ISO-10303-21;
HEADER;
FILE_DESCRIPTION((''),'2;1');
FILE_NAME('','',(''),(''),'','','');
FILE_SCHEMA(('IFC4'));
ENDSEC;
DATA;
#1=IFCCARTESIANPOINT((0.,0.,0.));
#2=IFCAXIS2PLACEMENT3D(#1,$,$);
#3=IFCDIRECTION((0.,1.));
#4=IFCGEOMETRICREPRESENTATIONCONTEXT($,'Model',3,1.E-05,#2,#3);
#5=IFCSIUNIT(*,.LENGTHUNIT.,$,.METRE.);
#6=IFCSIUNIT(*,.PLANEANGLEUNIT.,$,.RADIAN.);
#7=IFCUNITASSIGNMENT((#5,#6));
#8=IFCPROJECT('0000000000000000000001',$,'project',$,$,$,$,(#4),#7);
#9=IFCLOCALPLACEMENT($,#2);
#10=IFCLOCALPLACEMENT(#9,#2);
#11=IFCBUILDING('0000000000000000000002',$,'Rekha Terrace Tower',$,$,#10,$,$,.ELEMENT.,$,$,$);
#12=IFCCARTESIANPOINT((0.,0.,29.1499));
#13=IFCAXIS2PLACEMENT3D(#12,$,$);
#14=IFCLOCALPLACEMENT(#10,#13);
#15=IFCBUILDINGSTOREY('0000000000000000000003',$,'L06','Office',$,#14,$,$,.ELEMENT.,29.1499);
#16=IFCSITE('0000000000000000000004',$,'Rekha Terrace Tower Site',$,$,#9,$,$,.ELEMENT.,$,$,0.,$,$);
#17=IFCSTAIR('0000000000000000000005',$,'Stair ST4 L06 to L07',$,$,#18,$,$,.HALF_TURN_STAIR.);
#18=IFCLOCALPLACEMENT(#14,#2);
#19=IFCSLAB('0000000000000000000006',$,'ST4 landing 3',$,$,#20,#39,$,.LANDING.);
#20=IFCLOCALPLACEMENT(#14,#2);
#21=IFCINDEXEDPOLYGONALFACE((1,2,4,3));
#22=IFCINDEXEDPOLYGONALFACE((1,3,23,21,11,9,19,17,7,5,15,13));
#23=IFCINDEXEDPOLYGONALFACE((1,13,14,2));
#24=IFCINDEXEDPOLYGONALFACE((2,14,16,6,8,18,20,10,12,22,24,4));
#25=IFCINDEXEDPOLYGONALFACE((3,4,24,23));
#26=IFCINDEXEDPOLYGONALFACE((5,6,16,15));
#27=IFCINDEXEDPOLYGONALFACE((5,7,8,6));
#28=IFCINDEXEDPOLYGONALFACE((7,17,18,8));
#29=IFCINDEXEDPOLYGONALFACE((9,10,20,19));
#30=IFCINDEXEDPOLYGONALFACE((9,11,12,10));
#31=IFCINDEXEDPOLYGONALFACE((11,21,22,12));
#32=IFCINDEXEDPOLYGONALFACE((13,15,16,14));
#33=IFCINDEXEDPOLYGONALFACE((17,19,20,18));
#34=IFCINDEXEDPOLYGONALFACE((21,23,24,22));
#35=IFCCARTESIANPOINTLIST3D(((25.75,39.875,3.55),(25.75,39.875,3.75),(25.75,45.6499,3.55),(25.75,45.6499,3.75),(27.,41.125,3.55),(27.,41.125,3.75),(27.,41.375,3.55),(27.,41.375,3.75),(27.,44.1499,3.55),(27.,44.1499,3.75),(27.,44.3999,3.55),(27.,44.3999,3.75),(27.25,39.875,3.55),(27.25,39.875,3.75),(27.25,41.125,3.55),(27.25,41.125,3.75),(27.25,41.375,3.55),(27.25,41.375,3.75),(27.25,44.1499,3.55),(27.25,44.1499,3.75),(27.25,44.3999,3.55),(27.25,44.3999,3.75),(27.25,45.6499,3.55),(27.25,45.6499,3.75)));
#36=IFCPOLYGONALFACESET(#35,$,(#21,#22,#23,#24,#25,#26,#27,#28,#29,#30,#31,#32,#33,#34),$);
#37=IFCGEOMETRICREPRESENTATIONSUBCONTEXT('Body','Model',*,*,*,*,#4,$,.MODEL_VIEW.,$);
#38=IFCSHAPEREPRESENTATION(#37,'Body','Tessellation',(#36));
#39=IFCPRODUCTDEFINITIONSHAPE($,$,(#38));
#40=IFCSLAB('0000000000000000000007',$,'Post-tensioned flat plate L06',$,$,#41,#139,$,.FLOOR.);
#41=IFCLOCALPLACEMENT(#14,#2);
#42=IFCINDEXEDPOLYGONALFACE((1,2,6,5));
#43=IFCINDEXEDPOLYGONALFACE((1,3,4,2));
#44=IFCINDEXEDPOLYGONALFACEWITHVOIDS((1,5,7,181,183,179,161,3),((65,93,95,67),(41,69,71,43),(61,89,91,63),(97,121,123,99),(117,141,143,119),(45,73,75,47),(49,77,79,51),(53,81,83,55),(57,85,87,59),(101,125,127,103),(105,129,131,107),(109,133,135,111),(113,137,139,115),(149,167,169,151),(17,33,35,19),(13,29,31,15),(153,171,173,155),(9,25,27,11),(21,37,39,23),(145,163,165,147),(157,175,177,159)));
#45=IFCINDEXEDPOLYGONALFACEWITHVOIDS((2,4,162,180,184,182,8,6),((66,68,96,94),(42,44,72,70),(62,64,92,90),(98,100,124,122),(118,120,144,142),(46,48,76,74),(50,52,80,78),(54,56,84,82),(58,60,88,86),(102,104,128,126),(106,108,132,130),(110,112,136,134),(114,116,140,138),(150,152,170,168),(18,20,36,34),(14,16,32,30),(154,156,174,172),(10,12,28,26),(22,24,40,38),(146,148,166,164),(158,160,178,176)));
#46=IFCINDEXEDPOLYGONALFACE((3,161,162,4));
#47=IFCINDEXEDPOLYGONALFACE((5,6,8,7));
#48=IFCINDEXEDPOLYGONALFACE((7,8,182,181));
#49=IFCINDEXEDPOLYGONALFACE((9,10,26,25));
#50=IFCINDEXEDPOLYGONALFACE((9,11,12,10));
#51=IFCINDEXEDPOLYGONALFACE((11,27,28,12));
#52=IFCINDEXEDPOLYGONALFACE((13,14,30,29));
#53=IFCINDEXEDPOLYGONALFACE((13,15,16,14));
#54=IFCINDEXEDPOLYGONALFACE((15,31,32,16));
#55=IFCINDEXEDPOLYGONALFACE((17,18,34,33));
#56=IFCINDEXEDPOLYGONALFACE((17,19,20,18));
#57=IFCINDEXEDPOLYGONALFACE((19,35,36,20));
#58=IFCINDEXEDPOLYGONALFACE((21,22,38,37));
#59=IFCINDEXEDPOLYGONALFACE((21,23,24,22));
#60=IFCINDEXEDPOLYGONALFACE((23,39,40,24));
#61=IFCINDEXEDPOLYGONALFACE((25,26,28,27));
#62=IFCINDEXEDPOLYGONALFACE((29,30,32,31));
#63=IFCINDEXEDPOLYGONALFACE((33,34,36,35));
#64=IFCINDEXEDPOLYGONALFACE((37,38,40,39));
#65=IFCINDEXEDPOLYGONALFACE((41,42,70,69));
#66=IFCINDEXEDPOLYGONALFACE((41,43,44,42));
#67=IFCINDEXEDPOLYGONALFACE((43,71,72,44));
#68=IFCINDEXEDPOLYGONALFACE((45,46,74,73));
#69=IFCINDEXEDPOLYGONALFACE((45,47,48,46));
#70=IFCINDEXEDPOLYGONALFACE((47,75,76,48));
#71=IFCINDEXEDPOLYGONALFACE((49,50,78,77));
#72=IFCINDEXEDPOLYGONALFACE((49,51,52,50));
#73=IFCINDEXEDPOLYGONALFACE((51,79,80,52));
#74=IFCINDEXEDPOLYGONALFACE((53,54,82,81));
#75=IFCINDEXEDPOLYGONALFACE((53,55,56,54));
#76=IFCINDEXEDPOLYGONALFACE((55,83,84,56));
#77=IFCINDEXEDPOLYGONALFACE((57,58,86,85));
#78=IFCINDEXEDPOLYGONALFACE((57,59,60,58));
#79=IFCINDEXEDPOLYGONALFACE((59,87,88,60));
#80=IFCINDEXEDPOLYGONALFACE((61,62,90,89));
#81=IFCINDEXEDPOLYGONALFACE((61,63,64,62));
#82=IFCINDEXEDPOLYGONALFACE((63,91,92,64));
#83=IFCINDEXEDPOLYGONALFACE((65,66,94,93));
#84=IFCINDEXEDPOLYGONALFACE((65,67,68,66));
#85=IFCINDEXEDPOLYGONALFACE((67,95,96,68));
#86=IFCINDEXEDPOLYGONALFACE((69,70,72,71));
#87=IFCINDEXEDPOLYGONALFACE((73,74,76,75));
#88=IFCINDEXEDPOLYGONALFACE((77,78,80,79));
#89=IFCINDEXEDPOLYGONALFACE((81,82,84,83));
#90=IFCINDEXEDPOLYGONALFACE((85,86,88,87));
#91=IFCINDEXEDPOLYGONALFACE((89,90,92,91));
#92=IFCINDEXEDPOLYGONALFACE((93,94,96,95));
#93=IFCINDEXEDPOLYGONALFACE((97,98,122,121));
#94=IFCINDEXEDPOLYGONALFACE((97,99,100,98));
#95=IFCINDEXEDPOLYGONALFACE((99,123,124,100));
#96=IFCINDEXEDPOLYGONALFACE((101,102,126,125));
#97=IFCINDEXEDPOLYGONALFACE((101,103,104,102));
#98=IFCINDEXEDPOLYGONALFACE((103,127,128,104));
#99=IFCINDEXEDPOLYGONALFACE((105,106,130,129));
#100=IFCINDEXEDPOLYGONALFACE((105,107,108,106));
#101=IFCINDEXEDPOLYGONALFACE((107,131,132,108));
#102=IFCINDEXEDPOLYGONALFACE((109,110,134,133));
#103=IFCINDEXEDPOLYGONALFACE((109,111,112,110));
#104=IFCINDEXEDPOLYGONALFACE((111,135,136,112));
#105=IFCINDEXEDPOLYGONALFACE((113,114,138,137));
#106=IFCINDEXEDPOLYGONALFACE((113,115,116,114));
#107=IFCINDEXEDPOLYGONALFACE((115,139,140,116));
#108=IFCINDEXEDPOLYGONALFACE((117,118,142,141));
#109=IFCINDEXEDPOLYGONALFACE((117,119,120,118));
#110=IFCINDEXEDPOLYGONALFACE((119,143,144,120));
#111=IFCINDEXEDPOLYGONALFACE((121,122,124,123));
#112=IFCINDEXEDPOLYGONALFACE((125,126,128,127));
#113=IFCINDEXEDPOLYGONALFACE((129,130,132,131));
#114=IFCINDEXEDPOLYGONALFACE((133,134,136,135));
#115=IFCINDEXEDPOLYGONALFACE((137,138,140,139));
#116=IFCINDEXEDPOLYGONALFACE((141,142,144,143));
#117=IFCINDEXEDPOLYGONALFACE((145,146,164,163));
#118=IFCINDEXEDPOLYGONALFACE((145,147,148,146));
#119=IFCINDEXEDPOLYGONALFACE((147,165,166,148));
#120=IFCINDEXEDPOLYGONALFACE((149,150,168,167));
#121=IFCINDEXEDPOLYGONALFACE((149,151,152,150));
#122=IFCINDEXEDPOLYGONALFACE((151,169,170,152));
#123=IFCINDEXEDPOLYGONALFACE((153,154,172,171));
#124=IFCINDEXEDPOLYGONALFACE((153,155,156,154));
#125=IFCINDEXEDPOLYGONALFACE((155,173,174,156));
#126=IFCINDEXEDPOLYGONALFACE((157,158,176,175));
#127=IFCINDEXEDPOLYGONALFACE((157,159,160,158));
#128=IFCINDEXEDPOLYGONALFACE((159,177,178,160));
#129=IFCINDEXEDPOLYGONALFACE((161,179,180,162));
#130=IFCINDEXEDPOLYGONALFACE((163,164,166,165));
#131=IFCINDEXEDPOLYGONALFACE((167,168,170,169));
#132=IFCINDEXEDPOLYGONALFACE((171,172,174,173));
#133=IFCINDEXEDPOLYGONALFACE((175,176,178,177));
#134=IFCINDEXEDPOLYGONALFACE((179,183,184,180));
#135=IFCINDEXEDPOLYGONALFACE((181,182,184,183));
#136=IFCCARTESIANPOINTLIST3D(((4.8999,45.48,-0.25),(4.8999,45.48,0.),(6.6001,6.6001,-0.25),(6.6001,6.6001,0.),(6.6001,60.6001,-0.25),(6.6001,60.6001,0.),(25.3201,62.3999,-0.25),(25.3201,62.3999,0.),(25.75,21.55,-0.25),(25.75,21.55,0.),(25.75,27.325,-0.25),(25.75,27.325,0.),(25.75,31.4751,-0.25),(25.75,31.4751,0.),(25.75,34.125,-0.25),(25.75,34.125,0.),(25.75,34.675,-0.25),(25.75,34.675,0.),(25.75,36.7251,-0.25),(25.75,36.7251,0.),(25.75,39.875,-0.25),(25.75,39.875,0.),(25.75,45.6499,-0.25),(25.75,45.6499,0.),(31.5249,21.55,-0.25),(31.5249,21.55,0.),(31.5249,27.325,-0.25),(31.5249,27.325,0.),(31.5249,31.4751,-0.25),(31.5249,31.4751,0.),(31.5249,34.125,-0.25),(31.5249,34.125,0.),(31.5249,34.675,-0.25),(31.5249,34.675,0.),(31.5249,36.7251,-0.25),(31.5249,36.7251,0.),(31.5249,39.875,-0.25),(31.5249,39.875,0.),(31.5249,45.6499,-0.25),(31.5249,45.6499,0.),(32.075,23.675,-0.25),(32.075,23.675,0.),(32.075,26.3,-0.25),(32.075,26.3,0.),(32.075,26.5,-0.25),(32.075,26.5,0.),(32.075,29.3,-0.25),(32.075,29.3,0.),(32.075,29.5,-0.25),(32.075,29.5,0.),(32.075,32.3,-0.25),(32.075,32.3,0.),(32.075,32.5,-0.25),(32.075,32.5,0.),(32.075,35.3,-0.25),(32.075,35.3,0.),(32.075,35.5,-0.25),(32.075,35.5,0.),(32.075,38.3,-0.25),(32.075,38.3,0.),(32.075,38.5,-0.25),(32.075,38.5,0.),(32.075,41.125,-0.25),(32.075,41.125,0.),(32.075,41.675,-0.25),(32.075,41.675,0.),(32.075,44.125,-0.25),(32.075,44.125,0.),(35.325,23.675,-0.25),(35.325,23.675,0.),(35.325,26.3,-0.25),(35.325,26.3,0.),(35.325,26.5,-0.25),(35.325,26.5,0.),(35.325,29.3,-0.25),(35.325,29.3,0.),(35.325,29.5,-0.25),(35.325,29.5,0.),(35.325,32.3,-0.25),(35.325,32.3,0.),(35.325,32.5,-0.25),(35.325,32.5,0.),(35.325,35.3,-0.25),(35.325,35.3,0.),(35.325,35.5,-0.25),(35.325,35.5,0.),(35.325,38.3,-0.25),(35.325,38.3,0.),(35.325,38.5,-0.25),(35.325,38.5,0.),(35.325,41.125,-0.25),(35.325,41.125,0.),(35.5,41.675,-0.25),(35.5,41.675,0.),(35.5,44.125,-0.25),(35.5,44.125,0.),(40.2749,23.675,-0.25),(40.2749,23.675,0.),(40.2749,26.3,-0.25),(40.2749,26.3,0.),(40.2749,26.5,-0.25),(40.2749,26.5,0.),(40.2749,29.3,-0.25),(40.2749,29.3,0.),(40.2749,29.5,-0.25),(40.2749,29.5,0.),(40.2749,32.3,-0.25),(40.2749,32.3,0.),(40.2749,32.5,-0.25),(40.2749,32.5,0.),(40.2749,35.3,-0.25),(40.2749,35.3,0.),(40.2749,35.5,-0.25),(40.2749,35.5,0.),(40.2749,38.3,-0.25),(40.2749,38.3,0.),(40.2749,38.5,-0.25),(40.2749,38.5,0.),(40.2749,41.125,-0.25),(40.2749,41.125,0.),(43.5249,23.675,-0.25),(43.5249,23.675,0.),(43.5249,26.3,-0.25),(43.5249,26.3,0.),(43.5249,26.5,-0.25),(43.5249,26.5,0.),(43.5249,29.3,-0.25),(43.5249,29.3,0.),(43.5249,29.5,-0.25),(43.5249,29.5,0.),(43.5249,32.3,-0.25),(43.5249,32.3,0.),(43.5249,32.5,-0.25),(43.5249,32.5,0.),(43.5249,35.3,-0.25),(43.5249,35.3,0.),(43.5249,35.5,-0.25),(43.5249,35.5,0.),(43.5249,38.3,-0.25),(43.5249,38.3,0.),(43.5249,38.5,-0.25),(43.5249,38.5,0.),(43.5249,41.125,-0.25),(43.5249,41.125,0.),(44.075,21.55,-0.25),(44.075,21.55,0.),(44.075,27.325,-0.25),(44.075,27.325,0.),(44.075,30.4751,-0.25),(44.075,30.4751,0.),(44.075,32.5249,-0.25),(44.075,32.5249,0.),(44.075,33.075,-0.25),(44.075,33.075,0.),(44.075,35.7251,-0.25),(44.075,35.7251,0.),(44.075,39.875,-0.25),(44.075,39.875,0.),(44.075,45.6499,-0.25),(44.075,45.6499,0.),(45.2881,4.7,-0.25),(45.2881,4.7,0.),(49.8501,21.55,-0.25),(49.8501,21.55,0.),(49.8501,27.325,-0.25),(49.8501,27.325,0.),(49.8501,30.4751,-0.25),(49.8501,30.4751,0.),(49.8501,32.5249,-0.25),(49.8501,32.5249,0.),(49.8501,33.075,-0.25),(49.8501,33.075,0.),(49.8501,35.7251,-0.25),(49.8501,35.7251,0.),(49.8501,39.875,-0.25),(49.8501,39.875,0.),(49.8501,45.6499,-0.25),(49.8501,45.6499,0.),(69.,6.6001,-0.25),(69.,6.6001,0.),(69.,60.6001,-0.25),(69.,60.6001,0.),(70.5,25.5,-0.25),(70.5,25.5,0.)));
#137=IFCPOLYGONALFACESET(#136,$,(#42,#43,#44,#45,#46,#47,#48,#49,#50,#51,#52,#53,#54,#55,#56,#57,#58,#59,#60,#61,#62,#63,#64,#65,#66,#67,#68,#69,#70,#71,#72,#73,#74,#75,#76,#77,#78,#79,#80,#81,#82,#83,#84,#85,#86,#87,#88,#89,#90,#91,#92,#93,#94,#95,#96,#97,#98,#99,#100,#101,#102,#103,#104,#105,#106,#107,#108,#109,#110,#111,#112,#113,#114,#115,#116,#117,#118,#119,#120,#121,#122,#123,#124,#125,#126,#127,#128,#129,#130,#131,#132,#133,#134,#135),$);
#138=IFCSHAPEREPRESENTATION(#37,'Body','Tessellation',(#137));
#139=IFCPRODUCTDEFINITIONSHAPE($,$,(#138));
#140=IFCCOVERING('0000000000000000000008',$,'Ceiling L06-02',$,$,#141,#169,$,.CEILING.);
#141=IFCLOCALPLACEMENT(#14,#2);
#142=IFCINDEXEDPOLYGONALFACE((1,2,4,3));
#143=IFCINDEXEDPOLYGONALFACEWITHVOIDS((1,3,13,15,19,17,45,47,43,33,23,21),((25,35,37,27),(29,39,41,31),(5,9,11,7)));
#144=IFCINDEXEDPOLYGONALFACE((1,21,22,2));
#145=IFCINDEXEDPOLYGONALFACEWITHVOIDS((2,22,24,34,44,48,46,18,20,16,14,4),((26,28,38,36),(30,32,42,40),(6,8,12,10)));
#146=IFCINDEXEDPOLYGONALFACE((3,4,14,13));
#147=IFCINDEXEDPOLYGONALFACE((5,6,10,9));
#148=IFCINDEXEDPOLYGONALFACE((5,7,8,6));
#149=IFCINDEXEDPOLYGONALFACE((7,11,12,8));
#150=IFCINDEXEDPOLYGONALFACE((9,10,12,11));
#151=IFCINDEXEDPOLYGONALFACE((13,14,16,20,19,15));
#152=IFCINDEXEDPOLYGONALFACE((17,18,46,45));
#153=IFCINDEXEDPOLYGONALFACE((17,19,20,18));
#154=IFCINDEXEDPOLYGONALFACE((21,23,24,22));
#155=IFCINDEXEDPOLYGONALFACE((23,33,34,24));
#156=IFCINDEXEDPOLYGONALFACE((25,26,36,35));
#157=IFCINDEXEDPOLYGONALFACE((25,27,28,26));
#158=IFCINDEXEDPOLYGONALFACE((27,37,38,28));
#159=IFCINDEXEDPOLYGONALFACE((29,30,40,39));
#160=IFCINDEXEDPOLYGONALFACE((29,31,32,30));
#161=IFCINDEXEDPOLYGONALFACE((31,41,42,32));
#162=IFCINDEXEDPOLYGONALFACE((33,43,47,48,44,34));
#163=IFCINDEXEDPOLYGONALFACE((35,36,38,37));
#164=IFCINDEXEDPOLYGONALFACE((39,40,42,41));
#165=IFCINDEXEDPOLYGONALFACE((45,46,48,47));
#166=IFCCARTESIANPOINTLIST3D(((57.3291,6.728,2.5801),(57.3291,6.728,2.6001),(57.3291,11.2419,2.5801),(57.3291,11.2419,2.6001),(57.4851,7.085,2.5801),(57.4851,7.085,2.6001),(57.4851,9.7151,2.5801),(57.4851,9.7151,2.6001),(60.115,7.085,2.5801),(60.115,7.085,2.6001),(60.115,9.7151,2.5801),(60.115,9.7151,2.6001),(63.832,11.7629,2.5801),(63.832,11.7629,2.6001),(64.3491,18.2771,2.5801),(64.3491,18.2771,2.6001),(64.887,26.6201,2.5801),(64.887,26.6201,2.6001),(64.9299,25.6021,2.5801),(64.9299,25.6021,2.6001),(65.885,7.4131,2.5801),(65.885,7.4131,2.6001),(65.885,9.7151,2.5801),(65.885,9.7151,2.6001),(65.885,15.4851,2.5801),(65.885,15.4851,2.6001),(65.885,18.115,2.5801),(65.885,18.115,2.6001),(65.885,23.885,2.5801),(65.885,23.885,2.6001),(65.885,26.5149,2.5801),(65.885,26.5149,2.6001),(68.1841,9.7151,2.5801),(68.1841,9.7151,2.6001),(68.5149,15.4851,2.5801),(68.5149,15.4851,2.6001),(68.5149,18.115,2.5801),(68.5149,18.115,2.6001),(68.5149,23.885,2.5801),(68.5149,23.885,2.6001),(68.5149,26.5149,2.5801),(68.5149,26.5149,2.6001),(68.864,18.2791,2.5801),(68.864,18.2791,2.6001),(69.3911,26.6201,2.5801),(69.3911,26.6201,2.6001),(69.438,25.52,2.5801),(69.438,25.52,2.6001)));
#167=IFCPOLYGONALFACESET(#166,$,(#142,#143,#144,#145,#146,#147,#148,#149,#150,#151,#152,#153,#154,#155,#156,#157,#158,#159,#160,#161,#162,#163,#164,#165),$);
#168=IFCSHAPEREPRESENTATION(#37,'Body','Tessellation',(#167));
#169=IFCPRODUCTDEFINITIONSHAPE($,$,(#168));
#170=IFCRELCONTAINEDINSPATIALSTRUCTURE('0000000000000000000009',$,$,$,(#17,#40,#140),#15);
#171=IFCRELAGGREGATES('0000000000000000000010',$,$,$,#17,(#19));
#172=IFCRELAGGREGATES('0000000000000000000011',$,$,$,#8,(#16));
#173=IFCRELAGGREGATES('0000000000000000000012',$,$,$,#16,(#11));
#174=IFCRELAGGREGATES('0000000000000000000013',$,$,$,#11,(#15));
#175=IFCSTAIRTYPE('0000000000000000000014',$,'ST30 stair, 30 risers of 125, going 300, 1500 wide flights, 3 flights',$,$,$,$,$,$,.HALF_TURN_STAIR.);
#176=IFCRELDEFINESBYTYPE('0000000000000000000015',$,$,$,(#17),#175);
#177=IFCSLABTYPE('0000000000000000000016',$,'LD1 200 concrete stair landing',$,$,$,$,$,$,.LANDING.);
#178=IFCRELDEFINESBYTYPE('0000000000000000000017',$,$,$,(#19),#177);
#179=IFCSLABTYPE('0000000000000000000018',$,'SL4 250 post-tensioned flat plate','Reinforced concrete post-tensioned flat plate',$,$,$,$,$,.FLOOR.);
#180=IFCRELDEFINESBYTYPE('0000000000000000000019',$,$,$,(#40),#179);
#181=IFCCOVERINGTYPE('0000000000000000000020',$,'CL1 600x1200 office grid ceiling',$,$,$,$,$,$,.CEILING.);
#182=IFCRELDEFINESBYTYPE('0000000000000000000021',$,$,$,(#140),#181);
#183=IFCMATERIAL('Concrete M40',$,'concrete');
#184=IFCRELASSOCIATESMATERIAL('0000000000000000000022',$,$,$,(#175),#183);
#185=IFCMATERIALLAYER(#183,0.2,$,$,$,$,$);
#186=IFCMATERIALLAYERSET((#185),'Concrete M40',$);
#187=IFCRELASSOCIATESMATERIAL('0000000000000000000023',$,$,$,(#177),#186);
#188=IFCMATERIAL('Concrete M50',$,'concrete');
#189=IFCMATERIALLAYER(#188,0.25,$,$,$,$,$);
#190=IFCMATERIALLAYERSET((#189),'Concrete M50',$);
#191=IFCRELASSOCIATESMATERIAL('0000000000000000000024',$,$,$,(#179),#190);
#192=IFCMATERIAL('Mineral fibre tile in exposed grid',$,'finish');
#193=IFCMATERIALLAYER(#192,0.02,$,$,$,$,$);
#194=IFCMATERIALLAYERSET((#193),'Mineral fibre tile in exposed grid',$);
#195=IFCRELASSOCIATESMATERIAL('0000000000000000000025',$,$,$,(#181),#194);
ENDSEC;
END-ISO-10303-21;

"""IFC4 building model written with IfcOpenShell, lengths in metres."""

from ifc_helpers import new_model, si_unit, direction, frame, origin, place, context, subcontext, project, spatial, polyline, outline, extrude, material, layer, layer_set, type_object, element, aggregate, save


model = new_model("IFC4")

# Units and contexts
model_context = context("Model", 3, precision=1e-05, world=origin(), true_north=direction((0.0, 1.0)))
body_context = subcontext(model_context, "Body", "Model", "MODEL_VIEW")
ifc_project = project(units=[si_unit("LENGTHUNIT", "METRE"), si_unit("PLANEANGLEUNIT", "RADIAN")], contexts=[model_context])

# Site, building, storey
site_placement = place(None, origin())
site = spatial("IfcSite", under=ifc_project, at=site_placement, Name="Rekha Terrace Tower Site", CompositionType="ELEMENT", RefElevation=0.0)
building_placement = place(site_placement, origin())
building = spatial("IfcBuilding", under=site, at=building_placement, Name="Rekha Terrace Tower", CompositionType="ELEMENT")
storey_placement = place(building_placement, frame((0.0, 0.0, 29.1499)))
storey = spatial("IfcBuildingStorey", under=building, at=storey_placement, Name="L06", Description="Office", CompositionType="ELEMENT", Elevation=29.1499)

# Stair, slab
ifc_material_1 = material(Name="Concrete M40", Category="concrete")
stair_type = type_object("IfcStairType", Name="ST30 stair, 30 risers of 125, going 300, 1500 wide flights, 3 flights", PredefinedType="HALF_TURN_STAIR", material=ifc_material_1)
ifc_layer_1 = layer(ifc_material_1, 0.2)
ifc_layer_set_1 = layer_set([ifc_layer_1], Name="Concrete M40")
slab_type_1 = type_object("IfcSlabType", Name="LD1 200 concrete stair landing", PredefinedType="LANDING", material=ifc_layer_set_1)
stair_1_placement = place(storey_placement, origin())
stair_1 = element("IfcStair", 1, at=stair_1_placement, inside=storey, type_object=stair_type, Name="Stair ST4 L06 to L07", PredefinedType="HALF_TURN_STAIR")
slab_1_placement = place(storey_placement, frame((0.0, 0.0, 3.55)))
slab_1 = element("IfcSlab", 2, at=slab_1_placement, type_object=slab_type_1, Name="ST4 landing 3", PredefinedType="LANDING", context=body_context, shape_type="SweptSolid", body=[
    extrude(outline(polyline([(27.25, 39.875), (25.75, 39.875), (25.75, 45.6499), (27.25, 45.6499), (27.25, 44.3999), (27.0, 44.3999), (27.0, 44.1499), (27.25, 44.1499), (27.25, 41.375), (27.0, 41.375), (27.0, 41.125), (27.25, 41.125), (27.25, 39.875)])), origin(), (0.0, 0.0, 1.0), 0.2),
])
aggregate(stair_1, [slab_1])

# Slab
ifc_material_2 = material(Name="Concrete M50", Category="concrete")
ifc_layer_2 = layer(ifc_material_2, 0.25)
ifc_layer_set_2 = layer_set([ifc_layer_2], Name="Concrete M50")
slab_type_2 = type_object("IfcSlabType", Name="SL4 250 post-tensioned flat plate", Description="Reinforced concrete post-tensioned flat plate", PredefinedType="FLOOR", material=ifc_layer_set_2)
slab_2_placement = place(storey_placement, frame((0.0, 0.0, -0.25)))
element("IfcSlab", 3, at=slab_2_placement, inside=storey, type_object=slab_type_2, Name="Post-tensioned flat plate L06", PredefinedType="FLOOR", context=body_context, shape_type="SweptSolid", body=[
    extrude(outline(polyline([(4.8999, 45.48), (6.6001, 6.6001), (45.2881, 4.7), (69.0, 6.6001), (70.5, 25.5), (69.0, 60.6001), (25.3201, 62.3999), (6.6001, 60.6001), (4.8999, 45.48)]), holes=[polyline([(31.5249, 27.325), (31.5249, 21.55), (25.75, 21.55), (25.75, 27.325), (31.5249, 27.325)]), polyline([(35.325, 26.3), (35.325, 23.675), (32.075, 23.675), (32.075, 26.3), (35.325, 26.3)]), polyline([(35.325, 29.3), (35.325, 26.5), (32.075, 26.5), (32.075, 29.3), (35.325, 29.3)]), polyline([(35.325, 29.5), (32.075, 29.5), (32.075, 32.3), (35.325, 32.3), (35.325, 29.5)]), polyline([(31.5249, 31.4751), (25.75, 31.4751), (25.75, 34.125), (31.5249, 34.125), (31.5249, 31.4751)]), polyline([(35.325, 35.3), (35.325, 32.5), (32.075, 32.5), (32.075, 35.3), (35.325, 35.3)]), polyline([(31.5249, 36.7251), (31.5249, 34.675), (25.75, 34.675), (25.75, 36.7251), (31.5249, 36.7251)]), polyline([(35.325, 38.3), (35.325, 35.5), (32.075, 35.5), (32.075, 38.3), (35.325, 38.3)]), polyline([(35.325, 38.5), (32.075, 38.5), (32.075, 41.125), (35.325, 41.125), (35.325, 38.5)]), polyline([(31.5249, 39.875), (25.75, 39.875), (25.75, 45.6499), (31.5249, 45.6499), (31.5249, 39.875)]), polyline([(35.5, 44.125), (35.5, 41.675), (32.075, 41.675), (32.075, 44.125), (35.5, 44.125)]), polyline([(49.8501, 27.325), (49.8501, 21.55), (44.075, 21.55), (44.075, 27.325), (49.8501, 27.325)]), polyline([(43.5249, 26.3), (43.5249, 23.675), (40.2749, 23.675), (40.2749, 26.3), (43.5249, 26.3)]), polyline([(43.5249, 26.5), (40.2749, 26.5), (40.2749, 29.3), (43.5249, 29.3), (43.5249, 26.5)]), polyline([(43.5249, 29.5), (40.2749, 29.5), (40.2749, 32.3), (43.5249, 32.3), (43.5249, 29.5)]), polyline([(49.8501, 32.5249), (49.8501, 30.4751), (44.075, 30.4751), (44.075, 32.5249), (49.8501, 32.5249)]), polyline([(43.5249, 32.5), (40.2749, 32.5), (40.2749, 35.3), (43.5249, 35.3), (43.5249, 32.5)]), polyline([(49.8501, 33.075), (44.075, 33.075), (44.075, 35.7251), (49.8501, 35.7251), (49.8501, 33.075)]), polyline([(43.5249, 38.3), (43.5249, 35.5), (40.2749, 35.5), (40.2749, 38.3), (43.5249, 38.3)]), polyline([(43.5249, 38.5), (40.2749, 38.5), (40.2749, 41.125), (43.5249, 41.125), (43.5249, 38.5)]), polyline([(49.8501, 39.875), (44.075, 39.875), (44.075, 45.6499), (49.8501, 45.6499), (49.8501, 39.875)])]), origin(), (0.0, 0.0, 1.0), 0.25),
])

# Covering
ifc_material_3 = material(Name="Mineral fibre tile in exposed grid", Category="finish")
ifc_layer_3 = layer(ifc_material_3, 0.02)
ifc_layer_set_3 = layer_set([ifc_layer_3], Name="Mineral fibre tile in exposed grid")
covering_type_1 = type_object("IfcCoveringType", Name="CL1 600x1200 office grid ceiling", PredefinedType="CEILING", material=ifc_layer_set_3)
covering_1_placement = place(storey_placement, frame((0.0, 0.0, 2.5801)))
element("IfcCovering", 4, at=covering_1_placement, inside=storey, type_object=covering_type_1, Name="Ceiling L06-02", PredefinedType="CEILING", context=body_context, shape_type="SweptSolid", body=[
    extrude(outline(polyline([(69.3911, 26.6201), (64.887, 26.6201), (64.9299, 25.6021), (64.3491, 18.2771), (63.832, 11.7629), (57.3291, 11.2419), (57.3291, 6.728), (65.885, 7.4131), (65.885, 9.7151), (68.1841, 9.7151), (68.864, 18.2791), (69.438, 25.52), (69.3911, 26.6201)]), holes=[polyline([(68.5149, 15.4851), (65.885, 15.4851), (65.885, 18.115), (68.5149, 18.115), (68.5149, 15.4851)]), polyline([(68.5149, 23.885), (65.885, 23.885), (65.885, 26.5149), (68.5149, 26.5149), (68.5149, 23.885)]), polyline([(60.115, 7.085), (57.4851, 7.085), (57.4851, 9.7151), (60.115, 9.7151), (60.115, 7.085)])]), origin(), (0.0, 0.0, 1.0), 0.02),
])

save(model, "model.ifc")
